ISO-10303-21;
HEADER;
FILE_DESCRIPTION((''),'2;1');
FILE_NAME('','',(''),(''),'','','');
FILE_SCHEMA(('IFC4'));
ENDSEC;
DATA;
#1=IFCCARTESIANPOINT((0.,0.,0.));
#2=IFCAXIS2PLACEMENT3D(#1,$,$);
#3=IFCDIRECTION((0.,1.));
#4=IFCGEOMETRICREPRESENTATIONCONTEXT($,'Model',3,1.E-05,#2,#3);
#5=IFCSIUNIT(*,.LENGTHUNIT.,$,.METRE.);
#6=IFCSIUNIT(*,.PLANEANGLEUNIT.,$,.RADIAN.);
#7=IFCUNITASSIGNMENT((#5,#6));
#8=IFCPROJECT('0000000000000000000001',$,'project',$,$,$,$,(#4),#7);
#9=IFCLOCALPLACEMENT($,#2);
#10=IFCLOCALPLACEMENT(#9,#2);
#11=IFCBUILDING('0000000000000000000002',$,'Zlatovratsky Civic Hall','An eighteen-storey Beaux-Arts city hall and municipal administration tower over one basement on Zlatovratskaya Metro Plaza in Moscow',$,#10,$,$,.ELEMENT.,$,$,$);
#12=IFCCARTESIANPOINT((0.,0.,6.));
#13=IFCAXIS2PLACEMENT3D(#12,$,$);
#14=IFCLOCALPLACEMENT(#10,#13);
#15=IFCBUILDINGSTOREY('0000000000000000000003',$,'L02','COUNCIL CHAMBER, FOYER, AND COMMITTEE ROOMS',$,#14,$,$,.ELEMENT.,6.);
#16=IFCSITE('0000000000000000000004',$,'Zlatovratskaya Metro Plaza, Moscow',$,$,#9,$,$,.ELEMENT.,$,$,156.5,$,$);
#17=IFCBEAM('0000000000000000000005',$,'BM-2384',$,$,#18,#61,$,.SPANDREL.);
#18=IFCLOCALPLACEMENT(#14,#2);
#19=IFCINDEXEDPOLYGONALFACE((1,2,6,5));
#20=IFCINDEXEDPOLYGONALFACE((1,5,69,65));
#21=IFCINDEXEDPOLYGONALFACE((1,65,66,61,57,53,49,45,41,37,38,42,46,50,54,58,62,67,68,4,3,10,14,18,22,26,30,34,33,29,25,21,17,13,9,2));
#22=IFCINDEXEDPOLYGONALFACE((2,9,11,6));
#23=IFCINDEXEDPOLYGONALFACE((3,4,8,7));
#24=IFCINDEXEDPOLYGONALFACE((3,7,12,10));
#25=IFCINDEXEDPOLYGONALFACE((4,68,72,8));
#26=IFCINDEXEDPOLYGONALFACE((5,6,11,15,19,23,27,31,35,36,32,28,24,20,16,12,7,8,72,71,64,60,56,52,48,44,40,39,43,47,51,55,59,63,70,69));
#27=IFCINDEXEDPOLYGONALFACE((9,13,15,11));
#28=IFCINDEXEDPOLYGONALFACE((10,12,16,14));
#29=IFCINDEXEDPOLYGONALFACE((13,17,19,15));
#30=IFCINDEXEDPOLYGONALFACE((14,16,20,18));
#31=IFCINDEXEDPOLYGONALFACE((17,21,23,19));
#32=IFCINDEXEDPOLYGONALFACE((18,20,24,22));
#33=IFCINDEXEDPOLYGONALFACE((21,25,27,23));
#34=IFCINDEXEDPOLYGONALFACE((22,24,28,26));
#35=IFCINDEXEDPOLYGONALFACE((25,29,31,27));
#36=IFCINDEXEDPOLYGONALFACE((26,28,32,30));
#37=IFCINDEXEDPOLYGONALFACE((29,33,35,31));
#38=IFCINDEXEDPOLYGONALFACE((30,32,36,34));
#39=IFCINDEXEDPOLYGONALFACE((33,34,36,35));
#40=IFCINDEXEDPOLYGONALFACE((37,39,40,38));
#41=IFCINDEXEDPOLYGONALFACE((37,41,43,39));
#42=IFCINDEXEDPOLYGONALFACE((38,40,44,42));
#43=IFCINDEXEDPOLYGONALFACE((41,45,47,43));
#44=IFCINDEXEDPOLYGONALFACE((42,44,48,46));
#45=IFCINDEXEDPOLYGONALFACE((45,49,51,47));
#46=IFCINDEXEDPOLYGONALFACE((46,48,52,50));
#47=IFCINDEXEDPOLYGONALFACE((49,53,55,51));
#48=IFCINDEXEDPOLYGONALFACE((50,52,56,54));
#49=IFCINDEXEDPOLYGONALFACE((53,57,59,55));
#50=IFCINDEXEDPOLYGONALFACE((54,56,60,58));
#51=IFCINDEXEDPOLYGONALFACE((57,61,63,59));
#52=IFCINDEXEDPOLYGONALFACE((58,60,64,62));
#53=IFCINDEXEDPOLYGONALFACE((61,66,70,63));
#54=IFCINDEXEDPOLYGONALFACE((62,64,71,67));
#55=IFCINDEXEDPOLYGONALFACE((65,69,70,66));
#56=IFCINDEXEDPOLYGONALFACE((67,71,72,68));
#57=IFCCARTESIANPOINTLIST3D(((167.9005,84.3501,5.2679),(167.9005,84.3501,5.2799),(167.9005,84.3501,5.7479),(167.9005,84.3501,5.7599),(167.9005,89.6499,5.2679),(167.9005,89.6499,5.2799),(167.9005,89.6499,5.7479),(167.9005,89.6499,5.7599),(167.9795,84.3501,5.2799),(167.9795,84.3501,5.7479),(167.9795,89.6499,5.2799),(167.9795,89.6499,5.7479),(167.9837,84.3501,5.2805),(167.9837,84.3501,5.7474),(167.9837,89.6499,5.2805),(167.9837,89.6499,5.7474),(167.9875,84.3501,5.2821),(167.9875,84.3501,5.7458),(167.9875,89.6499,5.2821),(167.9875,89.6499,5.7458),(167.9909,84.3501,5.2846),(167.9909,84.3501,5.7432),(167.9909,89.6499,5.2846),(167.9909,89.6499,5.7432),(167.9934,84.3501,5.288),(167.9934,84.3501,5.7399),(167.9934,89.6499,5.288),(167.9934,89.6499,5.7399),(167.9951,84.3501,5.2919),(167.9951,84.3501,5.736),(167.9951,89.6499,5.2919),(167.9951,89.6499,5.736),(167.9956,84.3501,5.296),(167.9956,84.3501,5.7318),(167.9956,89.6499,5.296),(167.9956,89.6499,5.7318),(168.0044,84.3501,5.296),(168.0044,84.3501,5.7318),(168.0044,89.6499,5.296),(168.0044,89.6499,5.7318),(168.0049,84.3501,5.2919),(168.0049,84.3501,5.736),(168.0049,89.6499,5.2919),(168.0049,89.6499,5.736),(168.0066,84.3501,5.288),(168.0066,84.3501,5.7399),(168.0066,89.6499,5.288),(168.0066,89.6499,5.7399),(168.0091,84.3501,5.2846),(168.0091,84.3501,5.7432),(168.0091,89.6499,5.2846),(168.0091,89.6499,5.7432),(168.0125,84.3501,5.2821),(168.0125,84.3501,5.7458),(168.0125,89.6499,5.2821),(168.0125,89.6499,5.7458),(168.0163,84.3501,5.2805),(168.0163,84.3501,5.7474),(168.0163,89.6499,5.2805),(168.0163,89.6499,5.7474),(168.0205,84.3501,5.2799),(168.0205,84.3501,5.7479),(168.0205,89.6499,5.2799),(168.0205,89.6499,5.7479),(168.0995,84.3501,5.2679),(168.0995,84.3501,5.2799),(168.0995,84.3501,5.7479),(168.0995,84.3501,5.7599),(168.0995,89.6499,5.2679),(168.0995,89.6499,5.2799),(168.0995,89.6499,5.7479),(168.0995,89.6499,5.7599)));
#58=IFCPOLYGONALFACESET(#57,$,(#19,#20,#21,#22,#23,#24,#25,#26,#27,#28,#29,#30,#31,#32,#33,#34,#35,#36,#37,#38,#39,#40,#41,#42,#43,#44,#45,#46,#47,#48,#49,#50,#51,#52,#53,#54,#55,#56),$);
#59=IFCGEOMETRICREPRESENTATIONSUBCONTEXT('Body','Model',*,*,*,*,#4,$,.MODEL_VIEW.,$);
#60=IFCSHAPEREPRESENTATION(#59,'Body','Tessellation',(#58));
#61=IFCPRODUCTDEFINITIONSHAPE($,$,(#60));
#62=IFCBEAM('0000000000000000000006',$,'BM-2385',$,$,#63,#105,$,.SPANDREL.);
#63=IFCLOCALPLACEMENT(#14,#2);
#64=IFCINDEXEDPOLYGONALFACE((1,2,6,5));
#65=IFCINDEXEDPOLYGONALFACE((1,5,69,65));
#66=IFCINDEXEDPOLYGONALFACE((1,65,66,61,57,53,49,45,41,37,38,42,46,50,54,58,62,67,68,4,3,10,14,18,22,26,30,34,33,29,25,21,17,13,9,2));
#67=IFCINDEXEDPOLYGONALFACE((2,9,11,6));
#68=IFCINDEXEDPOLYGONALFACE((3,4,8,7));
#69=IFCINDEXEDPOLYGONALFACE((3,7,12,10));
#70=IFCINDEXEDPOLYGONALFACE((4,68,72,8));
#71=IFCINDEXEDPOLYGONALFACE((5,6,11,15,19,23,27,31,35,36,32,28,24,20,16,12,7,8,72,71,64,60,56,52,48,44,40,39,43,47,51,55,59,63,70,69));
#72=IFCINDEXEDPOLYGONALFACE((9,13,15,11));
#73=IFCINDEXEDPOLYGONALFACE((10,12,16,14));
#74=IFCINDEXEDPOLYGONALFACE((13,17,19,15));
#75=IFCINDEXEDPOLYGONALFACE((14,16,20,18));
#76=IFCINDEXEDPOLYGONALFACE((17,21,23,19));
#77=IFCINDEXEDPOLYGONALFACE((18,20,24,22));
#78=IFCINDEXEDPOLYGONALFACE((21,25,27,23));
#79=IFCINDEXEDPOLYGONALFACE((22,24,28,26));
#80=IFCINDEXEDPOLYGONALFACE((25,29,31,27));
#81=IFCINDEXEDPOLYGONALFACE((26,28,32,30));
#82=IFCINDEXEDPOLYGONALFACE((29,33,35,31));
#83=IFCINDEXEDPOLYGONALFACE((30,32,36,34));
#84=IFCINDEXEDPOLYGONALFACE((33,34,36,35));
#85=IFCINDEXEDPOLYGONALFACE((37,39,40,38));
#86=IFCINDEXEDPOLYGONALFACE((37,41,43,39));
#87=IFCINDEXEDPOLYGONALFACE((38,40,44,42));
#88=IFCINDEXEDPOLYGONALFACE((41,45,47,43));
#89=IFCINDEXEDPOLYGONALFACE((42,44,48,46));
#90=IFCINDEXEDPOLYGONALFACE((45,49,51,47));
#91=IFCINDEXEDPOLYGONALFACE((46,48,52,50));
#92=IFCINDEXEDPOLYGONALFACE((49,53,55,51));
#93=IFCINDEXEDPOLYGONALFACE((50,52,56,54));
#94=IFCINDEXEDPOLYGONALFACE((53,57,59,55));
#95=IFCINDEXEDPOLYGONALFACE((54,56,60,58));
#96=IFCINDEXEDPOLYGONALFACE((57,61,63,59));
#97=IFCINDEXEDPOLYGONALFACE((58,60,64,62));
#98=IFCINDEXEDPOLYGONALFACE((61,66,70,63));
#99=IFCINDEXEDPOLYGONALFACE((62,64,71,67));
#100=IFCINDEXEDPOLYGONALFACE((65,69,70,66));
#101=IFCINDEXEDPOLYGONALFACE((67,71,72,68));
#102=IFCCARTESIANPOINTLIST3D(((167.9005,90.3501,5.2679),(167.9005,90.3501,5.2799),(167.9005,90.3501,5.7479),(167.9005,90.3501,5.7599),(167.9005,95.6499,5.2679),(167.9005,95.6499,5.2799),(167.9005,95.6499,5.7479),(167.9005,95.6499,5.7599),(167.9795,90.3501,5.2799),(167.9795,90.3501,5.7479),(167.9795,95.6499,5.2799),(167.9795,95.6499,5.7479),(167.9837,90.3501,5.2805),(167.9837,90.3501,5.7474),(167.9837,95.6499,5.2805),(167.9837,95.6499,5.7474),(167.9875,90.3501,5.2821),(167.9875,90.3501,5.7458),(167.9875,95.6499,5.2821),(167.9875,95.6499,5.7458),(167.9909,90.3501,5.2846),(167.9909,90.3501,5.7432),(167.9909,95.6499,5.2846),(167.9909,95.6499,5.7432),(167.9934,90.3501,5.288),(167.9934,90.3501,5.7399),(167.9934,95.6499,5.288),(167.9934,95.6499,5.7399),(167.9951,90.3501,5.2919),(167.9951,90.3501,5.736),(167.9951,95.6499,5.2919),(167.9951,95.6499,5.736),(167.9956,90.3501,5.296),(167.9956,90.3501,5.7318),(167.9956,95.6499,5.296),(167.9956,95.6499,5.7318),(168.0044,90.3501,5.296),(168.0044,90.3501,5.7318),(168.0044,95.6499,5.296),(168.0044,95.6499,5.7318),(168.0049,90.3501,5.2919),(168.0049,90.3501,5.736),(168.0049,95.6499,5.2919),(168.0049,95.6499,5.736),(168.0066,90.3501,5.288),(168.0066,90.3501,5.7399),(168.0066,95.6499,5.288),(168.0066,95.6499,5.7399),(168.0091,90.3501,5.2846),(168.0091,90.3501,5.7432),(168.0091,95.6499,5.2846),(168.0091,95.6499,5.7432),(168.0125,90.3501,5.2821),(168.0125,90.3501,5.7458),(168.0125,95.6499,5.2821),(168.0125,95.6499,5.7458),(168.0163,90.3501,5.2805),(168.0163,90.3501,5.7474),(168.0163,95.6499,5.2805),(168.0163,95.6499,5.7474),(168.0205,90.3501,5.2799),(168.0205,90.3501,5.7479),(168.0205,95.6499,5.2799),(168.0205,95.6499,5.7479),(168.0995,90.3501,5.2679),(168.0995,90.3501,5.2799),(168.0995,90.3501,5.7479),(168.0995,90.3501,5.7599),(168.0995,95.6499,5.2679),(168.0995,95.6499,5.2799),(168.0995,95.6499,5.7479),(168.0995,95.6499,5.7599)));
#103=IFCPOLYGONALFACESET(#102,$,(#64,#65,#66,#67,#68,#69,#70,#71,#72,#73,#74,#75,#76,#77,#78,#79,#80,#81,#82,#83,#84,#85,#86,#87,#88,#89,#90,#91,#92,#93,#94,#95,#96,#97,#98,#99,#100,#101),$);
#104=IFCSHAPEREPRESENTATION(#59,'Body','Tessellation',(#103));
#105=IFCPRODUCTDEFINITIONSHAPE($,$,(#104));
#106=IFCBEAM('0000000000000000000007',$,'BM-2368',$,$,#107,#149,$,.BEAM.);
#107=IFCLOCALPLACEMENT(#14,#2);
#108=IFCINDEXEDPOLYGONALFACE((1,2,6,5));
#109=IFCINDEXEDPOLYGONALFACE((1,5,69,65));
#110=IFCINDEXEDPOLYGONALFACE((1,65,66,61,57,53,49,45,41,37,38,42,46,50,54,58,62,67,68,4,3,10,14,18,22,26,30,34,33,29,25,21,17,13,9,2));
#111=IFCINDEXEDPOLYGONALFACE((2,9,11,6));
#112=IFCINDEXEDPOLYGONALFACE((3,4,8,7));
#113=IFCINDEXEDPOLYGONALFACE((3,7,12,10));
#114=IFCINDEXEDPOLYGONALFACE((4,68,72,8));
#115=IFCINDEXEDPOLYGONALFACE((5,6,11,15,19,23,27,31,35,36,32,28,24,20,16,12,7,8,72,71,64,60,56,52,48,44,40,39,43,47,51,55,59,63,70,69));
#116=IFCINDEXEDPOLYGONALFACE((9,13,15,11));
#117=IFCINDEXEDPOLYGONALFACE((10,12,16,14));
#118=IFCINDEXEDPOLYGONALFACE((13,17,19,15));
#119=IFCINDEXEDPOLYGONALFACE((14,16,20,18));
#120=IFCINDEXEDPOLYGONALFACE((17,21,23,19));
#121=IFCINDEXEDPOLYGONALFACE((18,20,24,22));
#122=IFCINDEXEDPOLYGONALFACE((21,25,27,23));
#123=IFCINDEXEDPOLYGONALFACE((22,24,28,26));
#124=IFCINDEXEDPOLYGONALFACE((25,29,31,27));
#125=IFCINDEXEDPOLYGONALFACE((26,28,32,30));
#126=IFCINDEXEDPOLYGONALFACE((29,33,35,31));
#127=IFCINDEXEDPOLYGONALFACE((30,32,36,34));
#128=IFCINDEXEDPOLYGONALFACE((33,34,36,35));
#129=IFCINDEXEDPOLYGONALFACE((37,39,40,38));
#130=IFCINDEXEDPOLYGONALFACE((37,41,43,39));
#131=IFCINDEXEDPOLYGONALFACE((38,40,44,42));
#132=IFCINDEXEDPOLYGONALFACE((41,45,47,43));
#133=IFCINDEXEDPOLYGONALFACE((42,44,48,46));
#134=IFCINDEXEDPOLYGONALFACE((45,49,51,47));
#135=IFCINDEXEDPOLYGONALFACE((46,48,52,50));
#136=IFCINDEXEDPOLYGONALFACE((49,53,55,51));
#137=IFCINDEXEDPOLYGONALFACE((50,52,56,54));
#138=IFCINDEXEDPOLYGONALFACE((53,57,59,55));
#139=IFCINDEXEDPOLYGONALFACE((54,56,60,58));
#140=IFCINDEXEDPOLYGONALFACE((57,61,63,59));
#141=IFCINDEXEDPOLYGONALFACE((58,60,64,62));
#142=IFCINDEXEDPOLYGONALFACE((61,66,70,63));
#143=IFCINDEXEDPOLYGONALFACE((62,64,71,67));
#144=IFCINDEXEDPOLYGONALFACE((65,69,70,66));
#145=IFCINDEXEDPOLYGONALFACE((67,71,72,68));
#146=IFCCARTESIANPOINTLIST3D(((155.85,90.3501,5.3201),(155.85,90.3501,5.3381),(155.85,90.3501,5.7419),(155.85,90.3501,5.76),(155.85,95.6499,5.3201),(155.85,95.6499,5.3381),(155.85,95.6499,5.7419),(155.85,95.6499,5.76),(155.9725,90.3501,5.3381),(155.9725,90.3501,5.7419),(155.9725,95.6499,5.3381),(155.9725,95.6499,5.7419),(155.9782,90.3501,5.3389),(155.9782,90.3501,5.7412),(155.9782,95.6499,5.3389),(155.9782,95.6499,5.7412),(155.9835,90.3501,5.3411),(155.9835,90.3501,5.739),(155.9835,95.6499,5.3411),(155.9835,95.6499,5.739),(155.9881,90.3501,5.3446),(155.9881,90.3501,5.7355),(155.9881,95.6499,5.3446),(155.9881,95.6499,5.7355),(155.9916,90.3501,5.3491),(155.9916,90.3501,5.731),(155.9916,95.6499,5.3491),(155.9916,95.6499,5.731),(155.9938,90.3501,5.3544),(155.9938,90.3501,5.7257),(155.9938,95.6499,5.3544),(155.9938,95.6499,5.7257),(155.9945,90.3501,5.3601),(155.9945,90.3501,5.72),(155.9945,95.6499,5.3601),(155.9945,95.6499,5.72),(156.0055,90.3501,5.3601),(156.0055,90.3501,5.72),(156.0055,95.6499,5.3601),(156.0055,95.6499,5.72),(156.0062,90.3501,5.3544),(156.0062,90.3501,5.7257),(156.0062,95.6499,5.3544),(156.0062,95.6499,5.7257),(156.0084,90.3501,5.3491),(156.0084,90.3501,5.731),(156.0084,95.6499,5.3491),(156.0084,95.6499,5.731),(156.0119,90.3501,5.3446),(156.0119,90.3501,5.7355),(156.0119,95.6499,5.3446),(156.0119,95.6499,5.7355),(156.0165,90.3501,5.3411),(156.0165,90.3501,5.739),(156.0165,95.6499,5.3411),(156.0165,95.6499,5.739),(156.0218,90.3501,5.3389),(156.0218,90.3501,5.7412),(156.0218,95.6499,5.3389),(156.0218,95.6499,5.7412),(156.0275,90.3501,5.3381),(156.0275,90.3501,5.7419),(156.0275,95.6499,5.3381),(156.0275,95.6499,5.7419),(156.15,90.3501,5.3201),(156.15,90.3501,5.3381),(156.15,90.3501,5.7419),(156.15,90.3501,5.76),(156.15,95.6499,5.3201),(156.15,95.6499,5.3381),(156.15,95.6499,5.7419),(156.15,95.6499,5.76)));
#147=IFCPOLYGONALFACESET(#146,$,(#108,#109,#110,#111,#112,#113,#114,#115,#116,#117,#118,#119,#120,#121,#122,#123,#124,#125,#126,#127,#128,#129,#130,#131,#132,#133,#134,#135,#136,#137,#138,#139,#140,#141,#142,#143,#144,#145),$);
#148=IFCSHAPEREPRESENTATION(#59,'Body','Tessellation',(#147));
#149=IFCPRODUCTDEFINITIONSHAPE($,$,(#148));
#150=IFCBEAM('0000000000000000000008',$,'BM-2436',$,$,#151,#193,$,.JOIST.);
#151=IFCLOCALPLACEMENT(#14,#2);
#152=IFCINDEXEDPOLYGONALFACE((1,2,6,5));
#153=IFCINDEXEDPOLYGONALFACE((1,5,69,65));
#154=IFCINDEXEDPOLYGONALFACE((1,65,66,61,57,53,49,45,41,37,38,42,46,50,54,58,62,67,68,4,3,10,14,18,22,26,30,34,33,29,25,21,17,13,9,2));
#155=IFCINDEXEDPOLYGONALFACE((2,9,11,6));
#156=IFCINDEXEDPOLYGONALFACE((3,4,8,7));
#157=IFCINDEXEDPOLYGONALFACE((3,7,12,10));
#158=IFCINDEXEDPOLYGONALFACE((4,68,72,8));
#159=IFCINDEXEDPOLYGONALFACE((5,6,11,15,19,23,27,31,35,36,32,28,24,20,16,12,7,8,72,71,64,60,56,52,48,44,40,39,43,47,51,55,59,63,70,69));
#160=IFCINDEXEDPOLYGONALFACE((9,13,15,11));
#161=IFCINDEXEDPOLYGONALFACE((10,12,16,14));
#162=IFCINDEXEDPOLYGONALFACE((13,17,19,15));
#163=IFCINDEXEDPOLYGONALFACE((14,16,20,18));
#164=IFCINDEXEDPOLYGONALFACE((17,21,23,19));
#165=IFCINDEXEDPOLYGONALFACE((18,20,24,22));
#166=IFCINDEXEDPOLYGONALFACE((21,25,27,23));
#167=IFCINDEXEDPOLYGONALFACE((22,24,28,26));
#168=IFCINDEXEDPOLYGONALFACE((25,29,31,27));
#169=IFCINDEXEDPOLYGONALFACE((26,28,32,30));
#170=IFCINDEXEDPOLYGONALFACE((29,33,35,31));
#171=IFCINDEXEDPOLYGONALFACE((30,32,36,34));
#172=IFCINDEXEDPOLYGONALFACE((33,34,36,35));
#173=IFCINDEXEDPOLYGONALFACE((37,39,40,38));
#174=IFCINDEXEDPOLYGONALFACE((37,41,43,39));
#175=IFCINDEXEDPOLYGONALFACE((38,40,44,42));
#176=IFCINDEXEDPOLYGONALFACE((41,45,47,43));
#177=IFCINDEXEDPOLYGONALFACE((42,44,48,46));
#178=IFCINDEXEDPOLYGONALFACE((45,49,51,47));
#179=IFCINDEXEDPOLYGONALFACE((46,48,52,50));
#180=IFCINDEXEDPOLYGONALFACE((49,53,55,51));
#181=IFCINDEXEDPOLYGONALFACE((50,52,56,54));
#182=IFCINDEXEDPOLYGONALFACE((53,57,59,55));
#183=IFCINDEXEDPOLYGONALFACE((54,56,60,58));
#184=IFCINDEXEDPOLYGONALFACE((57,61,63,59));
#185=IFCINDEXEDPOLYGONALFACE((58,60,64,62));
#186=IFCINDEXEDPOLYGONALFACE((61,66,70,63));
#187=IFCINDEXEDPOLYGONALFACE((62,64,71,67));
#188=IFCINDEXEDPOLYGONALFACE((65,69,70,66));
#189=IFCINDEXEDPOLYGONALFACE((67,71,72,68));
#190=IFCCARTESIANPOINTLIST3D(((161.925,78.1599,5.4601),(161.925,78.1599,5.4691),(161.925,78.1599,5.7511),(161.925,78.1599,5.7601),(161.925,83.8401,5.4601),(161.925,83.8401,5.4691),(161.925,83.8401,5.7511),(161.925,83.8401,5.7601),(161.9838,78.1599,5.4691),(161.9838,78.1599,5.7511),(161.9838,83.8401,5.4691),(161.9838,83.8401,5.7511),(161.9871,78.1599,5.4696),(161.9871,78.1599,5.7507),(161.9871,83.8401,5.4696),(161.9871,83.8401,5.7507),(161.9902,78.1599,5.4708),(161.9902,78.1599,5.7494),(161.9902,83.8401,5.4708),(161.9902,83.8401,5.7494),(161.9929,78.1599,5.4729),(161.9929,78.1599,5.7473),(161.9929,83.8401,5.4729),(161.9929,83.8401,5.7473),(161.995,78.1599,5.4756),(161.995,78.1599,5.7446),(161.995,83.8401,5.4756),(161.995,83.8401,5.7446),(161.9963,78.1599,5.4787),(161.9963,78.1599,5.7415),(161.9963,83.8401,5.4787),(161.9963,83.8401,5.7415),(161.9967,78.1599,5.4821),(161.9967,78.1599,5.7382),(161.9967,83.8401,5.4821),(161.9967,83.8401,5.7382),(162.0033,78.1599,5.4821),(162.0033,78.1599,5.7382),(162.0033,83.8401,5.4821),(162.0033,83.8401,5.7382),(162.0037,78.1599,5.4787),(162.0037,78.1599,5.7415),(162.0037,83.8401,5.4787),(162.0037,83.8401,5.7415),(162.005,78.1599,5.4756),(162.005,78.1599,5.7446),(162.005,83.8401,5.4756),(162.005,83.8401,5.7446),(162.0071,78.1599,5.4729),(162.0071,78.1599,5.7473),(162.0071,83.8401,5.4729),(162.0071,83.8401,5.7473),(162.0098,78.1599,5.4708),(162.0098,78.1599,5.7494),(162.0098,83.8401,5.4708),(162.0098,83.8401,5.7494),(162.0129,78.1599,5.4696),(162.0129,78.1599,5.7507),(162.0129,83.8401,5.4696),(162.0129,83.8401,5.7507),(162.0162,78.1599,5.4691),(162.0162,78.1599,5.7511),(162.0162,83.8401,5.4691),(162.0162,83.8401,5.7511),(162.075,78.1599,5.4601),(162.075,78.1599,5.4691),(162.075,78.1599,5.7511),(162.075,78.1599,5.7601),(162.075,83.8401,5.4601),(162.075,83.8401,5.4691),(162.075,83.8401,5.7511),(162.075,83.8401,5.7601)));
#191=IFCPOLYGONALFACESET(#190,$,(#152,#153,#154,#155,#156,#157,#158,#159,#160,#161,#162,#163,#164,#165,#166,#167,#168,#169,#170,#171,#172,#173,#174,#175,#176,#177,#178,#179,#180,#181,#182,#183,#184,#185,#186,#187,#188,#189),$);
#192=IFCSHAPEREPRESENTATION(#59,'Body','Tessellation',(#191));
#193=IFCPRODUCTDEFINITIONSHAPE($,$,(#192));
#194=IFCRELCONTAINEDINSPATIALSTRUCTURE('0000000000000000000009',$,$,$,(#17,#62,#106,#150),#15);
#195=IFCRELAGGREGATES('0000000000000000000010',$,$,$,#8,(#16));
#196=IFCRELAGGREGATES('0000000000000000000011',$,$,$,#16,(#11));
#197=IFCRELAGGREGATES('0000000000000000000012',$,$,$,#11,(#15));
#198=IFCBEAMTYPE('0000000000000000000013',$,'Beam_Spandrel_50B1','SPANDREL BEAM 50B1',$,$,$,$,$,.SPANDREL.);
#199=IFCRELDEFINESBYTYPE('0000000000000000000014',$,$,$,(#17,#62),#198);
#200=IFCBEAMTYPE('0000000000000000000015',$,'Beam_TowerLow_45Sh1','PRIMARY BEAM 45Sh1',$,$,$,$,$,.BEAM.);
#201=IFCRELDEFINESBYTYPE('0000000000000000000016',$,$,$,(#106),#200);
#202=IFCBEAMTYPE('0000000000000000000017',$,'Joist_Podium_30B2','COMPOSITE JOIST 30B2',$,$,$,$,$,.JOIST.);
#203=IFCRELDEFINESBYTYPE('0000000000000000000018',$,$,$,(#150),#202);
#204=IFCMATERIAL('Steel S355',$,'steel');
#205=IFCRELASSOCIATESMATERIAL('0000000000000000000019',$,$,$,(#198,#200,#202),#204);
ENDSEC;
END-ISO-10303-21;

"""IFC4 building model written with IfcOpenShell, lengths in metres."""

from ifc_helpers import new_model, si_unit, direction, frame, origin, origin_2d, place, context, subcontext, project, spatial, i_section, extrude, material, material_profile, profile_set, type_object, element, save


model = new_model("IFC4")

# Units and contexts
model_context = context("Model", 3, precision=1e-05, world=origin(), true_north=direction((0.0, 1.0)))
body_context = subcontext(model_context, "Body", "Model", "MODEL_VIEW")
ifc_project = project(units=[si_unit("LENGTHUNIT", "METRE"), si_unit("PLANEANGLEUNIT", "RADIAN")], contexts=[model_context])

# Site, building, storey
site_placement = place(None, origin())
site = spatial("IfcSite", under=ifc_project, at=site_placement, Name="Zlatovratskaya Metro Plaza, Moscow", CompositionType="ELEMENT", RefElevation=156.5)
building_placement = place(site_placement, origin())
building = spatial("IfcBuilding", under=site, at=building_placement, Name="Zlatovratsky Civic Hall", Description="An eighteen-storey Beaux-Arts city hall and municipal administration tower over one basement on Zlatovratskaya Metro Plaza in Moscow", CompositionType="ELEMENT")
storey_placement = place(building_placement, frame((0.0, 0.0, 6.0)))
storey = spatial("IfcBuildingStorey", under=building, at=storey_placement, Name="L02", Description="COUNCIL CHAMBER, FOYER, AND COMMITTEE ROOMS", CompositionType="ELEMENT", Elevation=6.0)

# Beams
ifc_material_1 = material(Name="Steel S355", Category="steel")
ifc_material_profile_1 = material_profile(ifc_material_1, i_section(OverallWidth=0.199, OverallDepth=0.4919, WebThickness=0.0088, FlangeThickness=0.012, FilletRadius=0.0161, at=origin_2d()), Name="50B1")
ifc_profile_set_1 = profile_set([ifc_material_profile_1], Name="Steel S355")
beam_type_1 = type_object("IfcBeamType", Name="Beam_Spandrel_50B1", Description="SPANDREL BEAM 50B1", PredefinedType="SPANDREL", material=ifc_profile_set_1)
for number, where, z_axis, x_axis, name in (
    (1, (168.0, 84.3501, 5.5139), (0.0, 1.0, 0.0), (-1.0, 0.0, 0.0), "BM-2384"),
    (2, (168.0, 90.3501, 5.5139), (0.0, 1.0, 0.0), (-1.0, 0.0, 0.0), "BM-2385"),
):
    element("IfcBeam", number, at=place(storey_placement, frame(where, z_axis=z_axis, x_axis=x_axis)), inside=storey, type_object=beam_type_1, Name=name, PredefinedType="SPANDREL", context=body_context, shape_type="SweptSolid", body=[
        extrude(i_section(OverallWidth=0.199, OverallDepth=0.4919, WebThickness=0.0088, FlangeThickness=0.012, FilletRadius=0.0161, at=origin_2d()), origin(), (0.0, 0.0, 1.0), 5.2998),
    ])
ifc_material_profile_2 = material_profile(ifc_material_1, i_section(OverallWidth=0.3, OverallDepth=0.4399, WebThickness=0.011, FlangeThickness=0.0181, FilletRadius=0.022, at=origin_2d()), Name="45Sh1")
ifc_profile_set_2 = profile_set([ifc_material_profile_2], Name="Steel S355")
beam_type_2 = type_object("IfcBeamType", Name="Beam_TowerLow_45Sh1", Description="PRIMARY BEAM 45Sh1", PredefinedType="BEAM", material=ifc_profile_set_2)
beam_placement = place(storey_placement, frame((156.0, 90.3501, 5.54), z_axis=(0.0, 1.0, 0.0), x_axis=(-1.0, 0.0, 0.0)))
element("IfcBeam", 3, at=beam_placement, inside=storey, type_object=beam_type_2, Name="BM-2368", PredefinedType="BEAM", context=body_context, shape_type="SweptSolid", body=[
    extrude(i_section(OverallWidth=0.3, OverallDepth=0.4399, WebThickness=0.011, FlangeThickness=0.0181, FilletRadius=0.022, at=origin_2d()), origin(), (0.0, 0.0, 1.0), 5.2998),
])
ifc_material_profile_3 = material_profile(ifc_material_1, i_section(OverallWidth=0.1499, OverallDepth=0.3, WebThickness=0.0066, FlangeThickness=0.009, FilletRadius=0.0129, at=origin_2d()), Name="30B2")
ifc_profile_set_3 = profile_set([ifc_material_profile_3], Name="Steel S355")
beam_type_3 = type_object("IfcBeamType", Name="Joist_Podium_30B2", Description="COMPOSITE JOIST 30B2", PredefinedType="JOIST", material=ifc_profile_set_3)
for number, where, z_axis, x_axis, name in (
    (4, (162.0, 78.1599, 5.6101), (0.0, 1.0, 0.0), (-1.0, 0.0, 0.0), "BM-2436"),
):
    element("IfcBeam", number, at=place(storey_placement, frame(where, z_axis=z_axis, x_axis=x_axis)), inside=storey, type_object=beam_type_3, Name=name, PredefinedType="JOIST", context=body_context, shape_type="SweptSolid", body=[
        extrude(i_section(OverallWidth=0.1499, OverallDepth=0.3, WebThickness=0.0066, FlangeThickness=0.009, FilletRadius=0.0129, at=origin_2d()), origin(), (0.0, 0.0, 1.0), 5.6802),
    ])

save(model, "model.ifc")
